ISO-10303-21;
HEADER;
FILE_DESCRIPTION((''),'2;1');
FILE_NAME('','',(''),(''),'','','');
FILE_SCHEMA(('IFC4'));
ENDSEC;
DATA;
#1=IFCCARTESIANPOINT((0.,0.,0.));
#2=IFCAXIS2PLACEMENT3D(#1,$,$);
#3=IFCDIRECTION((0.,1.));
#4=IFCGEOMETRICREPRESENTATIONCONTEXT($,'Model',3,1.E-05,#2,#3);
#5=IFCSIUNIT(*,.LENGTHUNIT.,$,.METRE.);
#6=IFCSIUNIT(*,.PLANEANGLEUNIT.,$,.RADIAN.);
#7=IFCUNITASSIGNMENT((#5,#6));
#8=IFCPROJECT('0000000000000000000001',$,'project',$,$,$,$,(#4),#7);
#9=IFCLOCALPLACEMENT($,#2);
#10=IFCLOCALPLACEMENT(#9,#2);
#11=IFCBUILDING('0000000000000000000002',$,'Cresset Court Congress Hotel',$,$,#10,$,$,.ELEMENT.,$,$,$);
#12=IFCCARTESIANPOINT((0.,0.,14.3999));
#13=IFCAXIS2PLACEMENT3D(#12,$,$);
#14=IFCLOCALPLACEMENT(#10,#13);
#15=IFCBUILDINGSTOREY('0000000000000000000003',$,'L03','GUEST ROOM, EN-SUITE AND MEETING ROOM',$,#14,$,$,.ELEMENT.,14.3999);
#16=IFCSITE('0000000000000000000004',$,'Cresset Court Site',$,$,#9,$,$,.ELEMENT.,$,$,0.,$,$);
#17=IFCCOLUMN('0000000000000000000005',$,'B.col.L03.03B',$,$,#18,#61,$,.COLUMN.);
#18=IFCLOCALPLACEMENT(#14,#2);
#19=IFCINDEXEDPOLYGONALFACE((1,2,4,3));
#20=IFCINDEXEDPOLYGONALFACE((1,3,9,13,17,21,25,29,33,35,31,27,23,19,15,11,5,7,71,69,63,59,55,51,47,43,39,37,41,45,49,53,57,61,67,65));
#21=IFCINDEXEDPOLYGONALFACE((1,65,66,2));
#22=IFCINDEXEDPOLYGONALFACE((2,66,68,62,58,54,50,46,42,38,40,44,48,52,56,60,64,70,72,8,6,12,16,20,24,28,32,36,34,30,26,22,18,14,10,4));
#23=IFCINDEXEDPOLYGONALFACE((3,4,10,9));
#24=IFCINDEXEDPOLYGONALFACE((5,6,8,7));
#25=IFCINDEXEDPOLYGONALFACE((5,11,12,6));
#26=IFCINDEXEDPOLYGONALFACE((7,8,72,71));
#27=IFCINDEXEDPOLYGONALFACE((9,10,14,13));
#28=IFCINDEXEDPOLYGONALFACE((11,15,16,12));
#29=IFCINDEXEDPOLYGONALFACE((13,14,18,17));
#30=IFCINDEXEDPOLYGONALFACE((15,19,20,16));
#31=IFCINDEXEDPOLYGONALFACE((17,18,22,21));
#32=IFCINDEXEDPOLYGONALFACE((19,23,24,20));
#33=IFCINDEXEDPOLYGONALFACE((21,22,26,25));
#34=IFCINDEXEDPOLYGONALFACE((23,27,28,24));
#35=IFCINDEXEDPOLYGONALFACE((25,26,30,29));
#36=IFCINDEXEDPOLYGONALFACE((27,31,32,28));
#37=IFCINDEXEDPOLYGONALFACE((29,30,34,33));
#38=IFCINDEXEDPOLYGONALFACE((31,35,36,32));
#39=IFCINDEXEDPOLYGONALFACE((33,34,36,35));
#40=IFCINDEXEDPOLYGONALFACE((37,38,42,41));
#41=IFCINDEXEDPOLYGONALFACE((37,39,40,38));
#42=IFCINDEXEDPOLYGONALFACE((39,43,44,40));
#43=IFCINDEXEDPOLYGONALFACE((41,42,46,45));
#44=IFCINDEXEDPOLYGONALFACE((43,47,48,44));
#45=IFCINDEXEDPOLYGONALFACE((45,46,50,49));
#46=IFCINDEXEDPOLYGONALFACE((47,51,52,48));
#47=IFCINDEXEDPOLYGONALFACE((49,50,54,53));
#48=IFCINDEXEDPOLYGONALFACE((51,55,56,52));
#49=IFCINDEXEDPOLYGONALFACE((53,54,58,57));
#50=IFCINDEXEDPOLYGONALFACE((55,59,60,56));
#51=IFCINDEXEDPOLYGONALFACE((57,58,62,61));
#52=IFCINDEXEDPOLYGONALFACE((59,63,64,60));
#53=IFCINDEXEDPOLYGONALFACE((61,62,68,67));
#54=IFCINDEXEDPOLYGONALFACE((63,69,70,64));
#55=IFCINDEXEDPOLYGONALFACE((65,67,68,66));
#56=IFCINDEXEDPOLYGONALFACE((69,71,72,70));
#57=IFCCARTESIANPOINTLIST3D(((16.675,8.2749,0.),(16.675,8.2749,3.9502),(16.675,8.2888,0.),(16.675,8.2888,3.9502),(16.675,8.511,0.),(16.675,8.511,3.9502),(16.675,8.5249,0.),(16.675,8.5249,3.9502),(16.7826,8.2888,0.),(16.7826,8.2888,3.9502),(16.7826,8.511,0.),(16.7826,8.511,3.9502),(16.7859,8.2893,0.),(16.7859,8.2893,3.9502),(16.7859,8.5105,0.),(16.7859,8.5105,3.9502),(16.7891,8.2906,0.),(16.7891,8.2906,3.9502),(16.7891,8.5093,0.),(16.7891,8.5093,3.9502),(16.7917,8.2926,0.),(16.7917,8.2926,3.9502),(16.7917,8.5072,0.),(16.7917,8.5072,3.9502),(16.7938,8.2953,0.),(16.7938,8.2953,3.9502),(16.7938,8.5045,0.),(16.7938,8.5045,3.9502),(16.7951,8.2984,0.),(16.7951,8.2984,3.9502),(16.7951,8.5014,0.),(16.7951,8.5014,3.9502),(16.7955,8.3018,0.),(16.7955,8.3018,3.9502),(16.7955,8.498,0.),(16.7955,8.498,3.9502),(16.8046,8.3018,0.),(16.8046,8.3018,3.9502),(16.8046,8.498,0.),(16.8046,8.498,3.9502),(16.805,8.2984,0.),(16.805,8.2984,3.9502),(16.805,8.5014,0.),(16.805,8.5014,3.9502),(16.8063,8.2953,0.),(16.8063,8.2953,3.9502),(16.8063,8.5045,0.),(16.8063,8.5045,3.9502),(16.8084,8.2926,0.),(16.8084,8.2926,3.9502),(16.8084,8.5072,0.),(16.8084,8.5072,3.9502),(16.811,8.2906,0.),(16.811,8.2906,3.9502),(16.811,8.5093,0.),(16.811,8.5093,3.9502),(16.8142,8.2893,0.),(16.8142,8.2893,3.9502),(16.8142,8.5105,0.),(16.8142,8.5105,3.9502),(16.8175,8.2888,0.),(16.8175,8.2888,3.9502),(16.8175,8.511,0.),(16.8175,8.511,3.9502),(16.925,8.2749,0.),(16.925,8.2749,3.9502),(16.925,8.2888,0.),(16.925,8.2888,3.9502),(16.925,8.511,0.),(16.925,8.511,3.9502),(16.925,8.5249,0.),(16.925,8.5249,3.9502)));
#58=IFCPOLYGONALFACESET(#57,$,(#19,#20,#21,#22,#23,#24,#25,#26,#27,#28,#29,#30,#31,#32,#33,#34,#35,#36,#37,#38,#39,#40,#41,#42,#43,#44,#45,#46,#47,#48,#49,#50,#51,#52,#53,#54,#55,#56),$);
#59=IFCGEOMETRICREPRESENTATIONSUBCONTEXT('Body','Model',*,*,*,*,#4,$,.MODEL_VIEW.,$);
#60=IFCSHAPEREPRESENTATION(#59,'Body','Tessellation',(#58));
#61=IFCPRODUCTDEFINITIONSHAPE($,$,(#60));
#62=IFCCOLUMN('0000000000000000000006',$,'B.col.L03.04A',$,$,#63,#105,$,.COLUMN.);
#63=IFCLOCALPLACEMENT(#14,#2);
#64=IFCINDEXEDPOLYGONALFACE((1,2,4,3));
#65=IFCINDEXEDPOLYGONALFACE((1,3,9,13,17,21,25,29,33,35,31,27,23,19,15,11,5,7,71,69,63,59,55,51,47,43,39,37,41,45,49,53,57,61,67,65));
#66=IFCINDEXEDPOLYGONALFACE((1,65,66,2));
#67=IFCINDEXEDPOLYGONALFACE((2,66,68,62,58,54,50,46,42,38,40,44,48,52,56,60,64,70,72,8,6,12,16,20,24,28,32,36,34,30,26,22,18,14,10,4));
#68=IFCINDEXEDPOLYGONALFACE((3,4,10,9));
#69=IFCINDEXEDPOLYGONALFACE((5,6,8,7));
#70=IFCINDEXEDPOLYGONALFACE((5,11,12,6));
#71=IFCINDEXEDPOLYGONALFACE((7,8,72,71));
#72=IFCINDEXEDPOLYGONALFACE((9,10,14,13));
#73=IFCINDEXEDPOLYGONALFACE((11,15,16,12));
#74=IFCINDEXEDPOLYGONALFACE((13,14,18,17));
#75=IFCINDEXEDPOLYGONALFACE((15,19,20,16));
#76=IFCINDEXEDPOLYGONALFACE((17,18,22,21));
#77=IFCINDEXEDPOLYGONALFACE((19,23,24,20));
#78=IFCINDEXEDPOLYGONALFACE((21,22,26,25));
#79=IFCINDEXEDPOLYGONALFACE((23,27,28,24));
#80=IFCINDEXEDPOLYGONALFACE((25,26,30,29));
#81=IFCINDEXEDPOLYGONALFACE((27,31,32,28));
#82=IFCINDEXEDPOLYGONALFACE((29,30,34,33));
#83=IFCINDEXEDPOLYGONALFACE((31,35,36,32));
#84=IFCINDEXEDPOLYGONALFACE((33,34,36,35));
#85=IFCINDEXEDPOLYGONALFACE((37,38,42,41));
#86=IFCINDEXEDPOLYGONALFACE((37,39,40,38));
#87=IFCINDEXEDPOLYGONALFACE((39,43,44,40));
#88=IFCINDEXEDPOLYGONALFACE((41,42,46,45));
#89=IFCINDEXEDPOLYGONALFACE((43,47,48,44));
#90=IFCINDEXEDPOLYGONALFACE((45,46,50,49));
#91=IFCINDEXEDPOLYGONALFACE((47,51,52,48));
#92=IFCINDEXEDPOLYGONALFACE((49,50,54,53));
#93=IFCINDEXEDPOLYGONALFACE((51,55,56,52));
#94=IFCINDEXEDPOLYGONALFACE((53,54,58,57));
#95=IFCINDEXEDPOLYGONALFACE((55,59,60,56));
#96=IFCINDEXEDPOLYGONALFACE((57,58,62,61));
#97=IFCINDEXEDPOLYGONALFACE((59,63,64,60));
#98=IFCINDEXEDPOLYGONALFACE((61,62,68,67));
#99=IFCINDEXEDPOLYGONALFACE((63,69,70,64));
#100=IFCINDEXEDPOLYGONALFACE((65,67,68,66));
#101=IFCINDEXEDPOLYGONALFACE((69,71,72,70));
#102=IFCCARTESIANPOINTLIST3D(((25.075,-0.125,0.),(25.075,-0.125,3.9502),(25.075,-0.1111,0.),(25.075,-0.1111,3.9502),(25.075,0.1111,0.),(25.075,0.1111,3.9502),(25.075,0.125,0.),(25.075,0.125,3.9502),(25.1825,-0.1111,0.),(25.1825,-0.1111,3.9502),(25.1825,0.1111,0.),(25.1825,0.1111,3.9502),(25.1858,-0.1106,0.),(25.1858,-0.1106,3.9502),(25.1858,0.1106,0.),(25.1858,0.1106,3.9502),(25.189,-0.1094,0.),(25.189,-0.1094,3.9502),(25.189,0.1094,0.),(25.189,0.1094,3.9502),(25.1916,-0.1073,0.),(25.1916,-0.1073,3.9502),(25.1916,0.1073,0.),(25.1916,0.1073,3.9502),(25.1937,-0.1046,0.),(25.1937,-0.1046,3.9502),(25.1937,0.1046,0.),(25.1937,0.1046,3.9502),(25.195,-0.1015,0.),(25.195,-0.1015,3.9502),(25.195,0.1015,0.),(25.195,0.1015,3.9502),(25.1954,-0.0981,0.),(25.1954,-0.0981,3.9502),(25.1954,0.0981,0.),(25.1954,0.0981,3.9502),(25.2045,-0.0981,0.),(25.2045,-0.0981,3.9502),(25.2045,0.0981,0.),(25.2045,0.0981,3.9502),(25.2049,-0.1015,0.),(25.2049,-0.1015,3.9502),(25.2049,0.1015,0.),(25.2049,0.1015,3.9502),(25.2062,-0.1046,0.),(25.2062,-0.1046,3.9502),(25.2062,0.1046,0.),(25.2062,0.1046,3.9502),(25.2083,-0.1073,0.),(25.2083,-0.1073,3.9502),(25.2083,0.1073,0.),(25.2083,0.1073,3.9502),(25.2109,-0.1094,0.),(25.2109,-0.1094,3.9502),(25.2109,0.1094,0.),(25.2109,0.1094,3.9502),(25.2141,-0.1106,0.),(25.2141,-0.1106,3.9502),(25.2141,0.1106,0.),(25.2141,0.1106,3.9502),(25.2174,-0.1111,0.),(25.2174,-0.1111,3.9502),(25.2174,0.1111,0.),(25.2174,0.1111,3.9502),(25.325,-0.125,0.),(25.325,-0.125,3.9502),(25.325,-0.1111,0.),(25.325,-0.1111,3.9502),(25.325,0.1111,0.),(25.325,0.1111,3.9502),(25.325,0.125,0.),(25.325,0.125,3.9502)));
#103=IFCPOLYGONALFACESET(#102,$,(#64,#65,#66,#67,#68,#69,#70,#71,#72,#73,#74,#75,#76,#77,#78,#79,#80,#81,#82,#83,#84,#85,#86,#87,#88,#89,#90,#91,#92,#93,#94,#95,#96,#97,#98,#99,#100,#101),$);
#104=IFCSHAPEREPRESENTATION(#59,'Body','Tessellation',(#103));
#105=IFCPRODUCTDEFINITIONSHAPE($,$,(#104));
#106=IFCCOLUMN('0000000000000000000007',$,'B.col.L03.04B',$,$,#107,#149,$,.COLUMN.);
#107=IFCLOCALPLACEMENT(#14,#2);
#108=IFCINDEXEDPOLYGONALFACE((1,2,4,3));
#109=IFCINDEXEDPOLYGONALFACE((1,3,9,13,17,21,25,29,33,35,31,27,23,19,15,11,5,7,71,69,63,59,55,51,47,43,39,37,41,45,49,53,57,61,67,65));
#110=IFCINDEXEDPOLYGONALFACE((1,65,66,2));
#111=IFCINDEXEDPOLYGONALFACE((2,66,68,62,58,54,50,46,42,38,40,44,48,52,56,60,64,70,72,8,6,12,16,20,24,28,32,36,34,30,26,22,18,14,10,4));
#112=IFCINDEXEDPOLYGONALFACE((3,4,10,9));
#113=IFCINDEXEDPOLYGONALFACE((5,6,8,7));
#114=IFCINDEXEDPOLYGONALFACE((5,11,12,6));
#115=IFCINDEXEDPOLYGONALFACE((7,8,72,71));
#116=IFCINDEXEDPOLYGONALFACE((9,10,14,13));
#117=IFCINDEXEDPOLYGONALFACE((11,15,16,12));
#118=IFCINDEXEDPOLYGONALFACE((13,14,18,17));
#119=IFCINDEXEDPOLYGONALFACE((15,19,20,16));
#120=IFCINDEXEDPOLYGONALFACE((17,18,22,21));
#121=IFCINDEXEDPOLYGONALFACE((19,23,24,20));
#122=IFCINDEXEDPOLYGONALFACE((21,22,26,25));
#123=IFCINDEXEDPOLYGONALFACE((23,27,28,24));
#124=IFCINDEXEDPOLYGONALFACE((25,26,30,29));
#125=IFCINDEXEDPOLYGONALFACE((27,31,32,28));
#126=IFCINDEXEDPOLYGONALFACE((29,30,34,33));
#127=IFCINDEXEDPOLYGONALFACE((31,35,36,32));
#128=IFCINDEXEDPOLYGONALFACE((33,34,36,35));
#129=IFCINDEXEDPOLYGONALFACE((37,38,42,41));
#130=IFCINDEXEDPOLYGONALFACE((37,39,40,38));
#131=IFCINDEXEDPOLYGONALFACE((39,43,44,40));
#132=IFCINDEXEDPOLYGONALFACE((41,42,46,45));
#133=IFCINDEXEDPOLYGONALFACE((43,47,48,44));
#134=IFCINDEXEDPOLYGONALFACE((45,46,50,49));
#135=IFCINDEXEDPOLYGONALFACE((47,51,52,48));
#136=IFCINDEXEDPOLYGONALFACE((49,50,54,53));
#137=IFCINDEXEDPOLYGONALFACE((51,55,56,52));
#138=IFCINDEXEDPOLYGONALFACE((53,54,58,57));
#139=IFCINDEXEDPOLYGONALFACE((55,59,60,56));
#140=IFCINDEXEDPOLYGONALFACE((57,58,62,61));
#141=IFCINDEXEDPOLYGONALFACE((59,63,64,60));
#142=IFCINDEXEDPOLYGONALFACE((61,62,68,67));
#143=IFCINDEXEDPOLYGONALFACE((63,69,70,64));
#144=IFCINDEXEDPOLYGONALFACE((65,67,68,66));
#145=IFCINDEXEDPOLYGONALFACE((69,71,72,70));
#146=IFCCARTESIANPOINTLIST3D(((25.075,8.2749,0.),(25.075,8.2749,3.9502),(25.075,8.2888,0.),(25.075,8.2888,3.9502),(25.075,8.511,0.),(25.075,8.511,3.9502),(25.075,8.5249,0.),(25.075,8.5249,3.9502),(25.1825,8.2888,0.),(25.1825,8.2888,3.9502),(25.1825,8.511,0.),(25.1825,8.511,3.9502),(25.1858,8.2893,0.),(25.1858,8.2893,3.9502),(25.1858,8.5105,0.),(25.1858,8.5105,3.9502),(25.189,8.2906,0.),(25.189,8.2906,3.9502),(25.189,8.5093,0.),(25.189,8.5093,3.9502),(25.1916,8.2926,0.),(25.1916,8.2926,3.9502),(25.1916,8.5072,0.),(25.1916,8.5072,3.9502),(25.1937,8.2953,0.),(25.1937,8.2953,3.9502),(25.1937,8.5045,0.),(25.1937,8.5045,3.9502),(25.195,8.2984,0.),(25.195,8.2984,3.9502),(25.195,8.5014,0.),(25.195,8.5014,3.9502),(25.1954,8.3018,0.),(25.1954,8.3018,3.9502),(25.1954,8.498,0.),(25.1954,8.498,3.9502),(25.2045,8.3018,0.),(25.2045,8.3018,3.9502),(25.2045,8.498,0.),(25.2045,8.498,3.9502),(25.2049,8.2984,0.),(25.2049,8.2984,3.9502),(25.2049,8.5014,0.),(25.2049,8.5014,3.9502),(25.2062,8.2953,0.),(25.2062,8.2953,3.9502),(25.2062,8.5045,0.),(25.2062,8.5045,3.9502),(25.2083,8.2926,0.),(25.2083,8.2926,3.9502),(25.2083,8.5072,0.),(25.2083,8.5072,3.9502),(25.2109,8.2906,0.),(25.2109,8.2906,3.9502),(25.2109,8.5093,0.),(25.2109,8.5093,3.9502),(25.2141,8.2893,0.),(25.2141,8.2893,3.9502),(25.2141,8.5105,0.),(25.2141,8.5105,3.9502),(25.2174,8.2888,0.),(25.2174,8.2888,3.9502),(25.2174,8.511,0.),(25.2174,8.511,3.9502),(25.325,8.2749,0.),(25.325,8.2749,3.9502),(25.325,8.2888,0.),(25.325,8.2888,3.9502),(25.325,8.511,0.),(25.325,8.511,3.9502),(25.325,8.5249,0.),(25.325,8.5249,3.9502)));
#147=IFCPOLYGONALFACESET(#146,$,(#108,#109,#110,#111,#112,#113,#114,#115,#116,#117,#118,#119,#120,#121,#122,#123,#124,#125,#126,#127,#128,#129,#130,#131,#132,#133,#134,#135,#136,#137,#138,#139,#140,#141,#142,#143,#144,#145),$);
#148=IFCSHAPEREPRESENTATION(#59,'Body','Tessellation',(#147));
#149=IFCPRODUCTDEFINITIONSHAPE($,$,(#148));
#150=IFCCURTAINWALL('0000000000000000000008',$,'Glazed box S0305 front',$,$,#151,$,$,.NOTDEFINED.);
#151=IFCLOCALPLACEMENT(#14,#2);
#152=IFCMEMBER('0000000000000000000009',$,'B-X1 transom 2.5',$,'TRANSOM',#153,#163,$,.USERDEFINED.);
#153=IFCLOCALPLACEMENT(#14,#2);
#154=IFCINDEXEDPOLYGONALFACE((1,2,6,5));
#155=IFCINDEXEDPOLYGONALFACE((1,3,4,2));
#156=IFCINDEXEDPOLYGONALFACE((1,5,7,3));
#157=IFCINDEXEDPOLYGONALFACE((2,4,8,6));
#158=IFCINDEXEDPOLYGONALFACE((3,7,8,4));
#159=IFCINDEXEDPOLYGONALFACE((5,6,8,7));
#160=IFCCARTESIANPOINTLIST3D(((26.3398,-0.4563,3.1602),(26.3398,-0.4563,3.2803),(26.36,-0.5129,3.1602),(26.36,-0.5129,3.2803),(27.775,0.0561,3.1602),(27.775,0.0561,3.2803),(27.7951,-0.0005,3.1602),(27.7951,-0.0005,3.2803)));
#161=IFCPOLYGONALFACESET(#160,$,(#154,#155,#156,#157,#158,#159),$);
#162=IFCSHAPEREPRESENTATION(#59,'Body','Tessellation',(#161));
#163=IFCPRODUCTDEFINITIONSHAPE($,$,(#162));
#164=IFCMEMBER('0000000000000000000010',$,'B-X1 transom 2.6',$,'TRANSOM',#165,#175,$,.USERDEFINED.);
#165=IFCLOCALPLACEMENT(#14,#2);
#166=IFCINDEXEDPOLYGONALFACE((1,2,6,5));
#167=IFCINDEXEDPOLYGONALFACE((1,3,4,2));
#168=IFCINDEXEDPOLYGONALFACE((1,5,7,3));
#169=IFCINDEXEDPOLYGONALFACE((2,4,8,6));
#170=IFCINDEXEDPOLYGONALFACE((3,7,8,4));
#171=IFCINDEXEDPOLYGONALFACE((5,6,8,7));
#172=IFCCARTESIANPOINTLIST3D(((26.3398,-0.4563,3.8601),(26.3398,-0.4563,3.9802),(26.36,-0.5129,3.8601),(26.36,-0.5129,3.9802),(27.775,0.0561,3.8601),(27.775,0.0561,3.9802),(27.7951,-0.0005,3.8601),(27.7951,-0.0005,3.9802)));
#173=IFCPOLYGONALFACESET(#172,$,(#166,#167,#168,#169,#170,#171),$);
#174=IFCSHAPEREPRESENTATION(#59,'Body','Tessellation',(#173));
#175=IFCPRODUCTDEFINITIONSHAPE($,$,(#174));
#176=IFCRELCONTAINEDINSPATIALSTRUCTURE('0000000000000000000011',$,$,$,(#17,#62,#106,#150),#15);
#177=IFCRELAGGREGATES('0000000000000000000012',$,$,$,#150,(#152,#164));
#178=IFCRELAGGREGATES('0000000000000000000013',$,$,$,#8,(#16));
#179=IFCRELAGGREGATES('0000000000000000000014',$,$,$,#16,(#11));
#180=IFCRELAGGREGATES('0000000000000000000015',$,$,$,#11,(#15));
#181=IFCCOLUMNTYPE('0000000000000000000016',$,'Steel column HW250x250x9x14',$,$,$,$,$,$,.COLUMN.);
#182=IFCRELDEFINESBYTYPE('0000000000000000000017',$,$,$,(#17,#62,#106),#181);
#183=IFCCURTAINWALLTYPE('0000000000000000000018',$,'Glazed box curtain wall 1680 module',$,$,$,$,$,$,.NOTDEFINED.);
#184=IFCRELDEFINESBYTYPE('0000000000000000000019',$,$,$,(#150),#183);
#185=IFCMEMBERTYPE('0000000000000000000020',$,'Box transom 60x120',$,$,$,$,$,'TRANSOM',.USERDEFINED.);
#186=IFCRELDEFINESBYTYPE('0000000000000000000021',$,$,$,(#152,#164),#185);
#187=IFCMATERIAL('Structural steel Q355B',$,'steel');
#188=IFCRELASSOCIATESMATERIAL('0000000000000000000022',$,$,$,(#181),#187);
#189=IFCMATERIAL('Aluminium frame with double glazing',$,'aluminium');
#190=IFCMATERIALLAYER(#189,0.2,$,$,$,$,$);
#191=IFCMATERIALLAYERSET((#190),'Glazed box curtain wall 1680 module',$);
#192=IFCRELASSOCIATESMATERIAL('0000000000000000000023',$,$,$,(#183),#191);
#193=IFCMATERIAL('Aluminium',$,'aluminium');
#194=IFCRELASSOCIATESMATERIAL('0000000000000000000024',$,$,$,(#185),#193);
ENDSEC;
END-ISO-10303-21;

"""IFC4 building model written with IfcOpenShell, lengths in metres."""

from ifc_helpers import new_model, si_unit, direction, frame, origin, origin_2d, place, context, subcontext, project, spatial, rectangle, i_section, extrude, material, layer, layer_set, material_profile, profile_set, type_object, element, aggregate, save


model = new_model("IFC4")

# Units and contexts
model_context = context("Model", 3, precision=1e-05, world=origin(), true_north=direction((0.0, 1.0)))
body_context = subcontext(model_context, "Body", "Model", "MODEL_VIEW")
ifc_project = project(units=[si_unit("LENGTHUNIT", "METRE"), si_unit("PLANEANGLEUNIT", "RADIAN")], contexts=[model_context])

# Site, building, storey
site_placement = place(None, origin())
site = spatial("IfcSite", under=ifc_project, at=site_placement, Name="Cresset Court Site", CompositionType="ELEMENT", RefElevation=0.0)
building_placement = place(site_placement, origin())
building = spatial("IfcBuilding", under=site, at=building_placement, Name="Cresset Court Congress Hotel", CompositionType="ELEMENT")
storey_placement = place(building_placement, frame((0.0, 0.0, 14.3999)))
storey = spatial("IfcBuildingStorey", under=building, at=storey_placement, Name="L03", Description="GUEST ROOM, EN-SUITE AND MEETING ROOM", CompositionType="ELEMENT", Elevation=14.3999)

# Columns
ifc_material_1 = material(Name="Structural steel Q355B", Category="steel")
ifc_material_profile_1 = material_profile(ifc_material_1, i_section(OverallWidth=0.25, OverallDepth=0.25, WebThickness=0.009, FlangeThickness=0.0139, FilletRadius=0.0129, at=origin_2d()), Name="HW250x250x9x14")
ifc_profile_set_1 = profile_set([ifc_material_profile_1], Name="Structural steel Q355B")
column_type = type_object("IfcColumnType", Name="Steel column HW250x250x9x14", PredefinedType="COLUMN", material=ifc_profile_set_1)
for number, where, z_axis, x_axis, name in (
    (1, (16.8, 8.3999, 0.0), (0.0, 0.0, 1.0), (1.0, 0.0, 0.0), "B.col.L03.03B"),
    (2, (25.2, 0.0, 0.0), (0.0, 0.0, 1.0), (1.0, 0.0, 0.0), "B.col.L03.04A"),
    (3, (25.2, 8.3999, 0.0), (0.0, 0.0, 1.0), (1.0, 0.0, 0.0), "B.col.L03.04B"),
):
    element("IfcColumn", number, at=place(storey_placement, frame(where, z_axis=z_axis, x_axis=x_axis)), inside=storey, type_object=column_type, Name=name, PredefinedType="COLUMN", context=body_context, shape_type="SweptSolid", body=[
        extrude(i_section(OverallWidth=0.25, OverallDepth=0.25, WebThickness=0.009, FlangeThickness=0.0139, FilletRadius=0.0129, at=origin_2d()), origin(), (0.0, 0.0, 1.0), 3.9502),
    ])

# Curtain wall, members
ifc_material_2 = material(Name="Aluminium frame with double glazing", Category="aluminium")
ifc_layer_1 = layer(ifc_material_2, 0.2)
ifc_layer_set_1 = layer_set([ifc_layer_1], Name="Glazed box curtain wall 1680 module")
curtain_wall_type = type_object("IfcCurtainWallType", Name="Glazed box curtain wall 1680 module", PredefinedType="NOTDEFINED", material=ifc_layer_set_1)
curtain_wall_placement = place(storey_placement, origin())
curtain_wall = element("IfcCurtainWall", 4, at=curtain_wall_placement, inside=storey, type_object=curtain_wall_type, Name="Glazed box S0305 front", PredefinedType="NOTDEFINED")
ifc_material_3 = material(Name="Aluminium", Category="aluminium")
ifc_material_profile_2 = material_profile(ifc_material_3, rectangle(XDim=0.0601, YDim=0.1201, at=origin_2d()), Name="Box transom 60x120")
ifc_profile_set_2 = profile_set([ifc_material_profile_2], Name="Aluminium")
member_type_1 = type_object("IfcMemberType", Name="Box transom 60x120", ElementType="TRANSOM", PredefinedType="USERDEFINED", material=ifc_profile_set_2)
member_1_placement = place(storey_placement, frame((26.3499, -0.4846, 3.2202), z_axis=(0.941775, 0.336245, 0.0), x_axis=(-0.336245, 0.941775, 0.0)))
member_1 = element("IfcMember", 5, at=member_1_placement, type_object=member_type_1, Name="B-X1 transom 2.5", ObjectType="TRANSOM", PredefinedType="USERDEFINED", context=body_context, shape_type="SweptSolid", body=[
    extrude(rectangle(XDim=0.0601, YDim=0.1201, at=origin_2d()), origin(), (0.0, 0.0, 1.0), 1.5239),
])
member_2_placement = place(storey_placement, frame((26.3499, -0.4846, 3.9202), z_axis=(0.941775, 0.336245, 0.0), x_axis=(-0.336245, 0.941775, 0.0)))
member_2 = element("IfcMember", 6, at=member_2_placement, type_object=member_type_1, Name="B-X1 transom 2.6", ObjectType="TRANSOM", PredefinedType="USERDEFINED", context=body_context, shape_type="SweptSolid", body=[
    extrude(rectangle(XDim=0.0601, YDim=0.1201, at=origin_2d()), origin(), (0.0, 0.0, 1.0), 1.5239),
])
aggregate(curtain_wall, [member_1, member_2])

save(model, "model.ifc")
